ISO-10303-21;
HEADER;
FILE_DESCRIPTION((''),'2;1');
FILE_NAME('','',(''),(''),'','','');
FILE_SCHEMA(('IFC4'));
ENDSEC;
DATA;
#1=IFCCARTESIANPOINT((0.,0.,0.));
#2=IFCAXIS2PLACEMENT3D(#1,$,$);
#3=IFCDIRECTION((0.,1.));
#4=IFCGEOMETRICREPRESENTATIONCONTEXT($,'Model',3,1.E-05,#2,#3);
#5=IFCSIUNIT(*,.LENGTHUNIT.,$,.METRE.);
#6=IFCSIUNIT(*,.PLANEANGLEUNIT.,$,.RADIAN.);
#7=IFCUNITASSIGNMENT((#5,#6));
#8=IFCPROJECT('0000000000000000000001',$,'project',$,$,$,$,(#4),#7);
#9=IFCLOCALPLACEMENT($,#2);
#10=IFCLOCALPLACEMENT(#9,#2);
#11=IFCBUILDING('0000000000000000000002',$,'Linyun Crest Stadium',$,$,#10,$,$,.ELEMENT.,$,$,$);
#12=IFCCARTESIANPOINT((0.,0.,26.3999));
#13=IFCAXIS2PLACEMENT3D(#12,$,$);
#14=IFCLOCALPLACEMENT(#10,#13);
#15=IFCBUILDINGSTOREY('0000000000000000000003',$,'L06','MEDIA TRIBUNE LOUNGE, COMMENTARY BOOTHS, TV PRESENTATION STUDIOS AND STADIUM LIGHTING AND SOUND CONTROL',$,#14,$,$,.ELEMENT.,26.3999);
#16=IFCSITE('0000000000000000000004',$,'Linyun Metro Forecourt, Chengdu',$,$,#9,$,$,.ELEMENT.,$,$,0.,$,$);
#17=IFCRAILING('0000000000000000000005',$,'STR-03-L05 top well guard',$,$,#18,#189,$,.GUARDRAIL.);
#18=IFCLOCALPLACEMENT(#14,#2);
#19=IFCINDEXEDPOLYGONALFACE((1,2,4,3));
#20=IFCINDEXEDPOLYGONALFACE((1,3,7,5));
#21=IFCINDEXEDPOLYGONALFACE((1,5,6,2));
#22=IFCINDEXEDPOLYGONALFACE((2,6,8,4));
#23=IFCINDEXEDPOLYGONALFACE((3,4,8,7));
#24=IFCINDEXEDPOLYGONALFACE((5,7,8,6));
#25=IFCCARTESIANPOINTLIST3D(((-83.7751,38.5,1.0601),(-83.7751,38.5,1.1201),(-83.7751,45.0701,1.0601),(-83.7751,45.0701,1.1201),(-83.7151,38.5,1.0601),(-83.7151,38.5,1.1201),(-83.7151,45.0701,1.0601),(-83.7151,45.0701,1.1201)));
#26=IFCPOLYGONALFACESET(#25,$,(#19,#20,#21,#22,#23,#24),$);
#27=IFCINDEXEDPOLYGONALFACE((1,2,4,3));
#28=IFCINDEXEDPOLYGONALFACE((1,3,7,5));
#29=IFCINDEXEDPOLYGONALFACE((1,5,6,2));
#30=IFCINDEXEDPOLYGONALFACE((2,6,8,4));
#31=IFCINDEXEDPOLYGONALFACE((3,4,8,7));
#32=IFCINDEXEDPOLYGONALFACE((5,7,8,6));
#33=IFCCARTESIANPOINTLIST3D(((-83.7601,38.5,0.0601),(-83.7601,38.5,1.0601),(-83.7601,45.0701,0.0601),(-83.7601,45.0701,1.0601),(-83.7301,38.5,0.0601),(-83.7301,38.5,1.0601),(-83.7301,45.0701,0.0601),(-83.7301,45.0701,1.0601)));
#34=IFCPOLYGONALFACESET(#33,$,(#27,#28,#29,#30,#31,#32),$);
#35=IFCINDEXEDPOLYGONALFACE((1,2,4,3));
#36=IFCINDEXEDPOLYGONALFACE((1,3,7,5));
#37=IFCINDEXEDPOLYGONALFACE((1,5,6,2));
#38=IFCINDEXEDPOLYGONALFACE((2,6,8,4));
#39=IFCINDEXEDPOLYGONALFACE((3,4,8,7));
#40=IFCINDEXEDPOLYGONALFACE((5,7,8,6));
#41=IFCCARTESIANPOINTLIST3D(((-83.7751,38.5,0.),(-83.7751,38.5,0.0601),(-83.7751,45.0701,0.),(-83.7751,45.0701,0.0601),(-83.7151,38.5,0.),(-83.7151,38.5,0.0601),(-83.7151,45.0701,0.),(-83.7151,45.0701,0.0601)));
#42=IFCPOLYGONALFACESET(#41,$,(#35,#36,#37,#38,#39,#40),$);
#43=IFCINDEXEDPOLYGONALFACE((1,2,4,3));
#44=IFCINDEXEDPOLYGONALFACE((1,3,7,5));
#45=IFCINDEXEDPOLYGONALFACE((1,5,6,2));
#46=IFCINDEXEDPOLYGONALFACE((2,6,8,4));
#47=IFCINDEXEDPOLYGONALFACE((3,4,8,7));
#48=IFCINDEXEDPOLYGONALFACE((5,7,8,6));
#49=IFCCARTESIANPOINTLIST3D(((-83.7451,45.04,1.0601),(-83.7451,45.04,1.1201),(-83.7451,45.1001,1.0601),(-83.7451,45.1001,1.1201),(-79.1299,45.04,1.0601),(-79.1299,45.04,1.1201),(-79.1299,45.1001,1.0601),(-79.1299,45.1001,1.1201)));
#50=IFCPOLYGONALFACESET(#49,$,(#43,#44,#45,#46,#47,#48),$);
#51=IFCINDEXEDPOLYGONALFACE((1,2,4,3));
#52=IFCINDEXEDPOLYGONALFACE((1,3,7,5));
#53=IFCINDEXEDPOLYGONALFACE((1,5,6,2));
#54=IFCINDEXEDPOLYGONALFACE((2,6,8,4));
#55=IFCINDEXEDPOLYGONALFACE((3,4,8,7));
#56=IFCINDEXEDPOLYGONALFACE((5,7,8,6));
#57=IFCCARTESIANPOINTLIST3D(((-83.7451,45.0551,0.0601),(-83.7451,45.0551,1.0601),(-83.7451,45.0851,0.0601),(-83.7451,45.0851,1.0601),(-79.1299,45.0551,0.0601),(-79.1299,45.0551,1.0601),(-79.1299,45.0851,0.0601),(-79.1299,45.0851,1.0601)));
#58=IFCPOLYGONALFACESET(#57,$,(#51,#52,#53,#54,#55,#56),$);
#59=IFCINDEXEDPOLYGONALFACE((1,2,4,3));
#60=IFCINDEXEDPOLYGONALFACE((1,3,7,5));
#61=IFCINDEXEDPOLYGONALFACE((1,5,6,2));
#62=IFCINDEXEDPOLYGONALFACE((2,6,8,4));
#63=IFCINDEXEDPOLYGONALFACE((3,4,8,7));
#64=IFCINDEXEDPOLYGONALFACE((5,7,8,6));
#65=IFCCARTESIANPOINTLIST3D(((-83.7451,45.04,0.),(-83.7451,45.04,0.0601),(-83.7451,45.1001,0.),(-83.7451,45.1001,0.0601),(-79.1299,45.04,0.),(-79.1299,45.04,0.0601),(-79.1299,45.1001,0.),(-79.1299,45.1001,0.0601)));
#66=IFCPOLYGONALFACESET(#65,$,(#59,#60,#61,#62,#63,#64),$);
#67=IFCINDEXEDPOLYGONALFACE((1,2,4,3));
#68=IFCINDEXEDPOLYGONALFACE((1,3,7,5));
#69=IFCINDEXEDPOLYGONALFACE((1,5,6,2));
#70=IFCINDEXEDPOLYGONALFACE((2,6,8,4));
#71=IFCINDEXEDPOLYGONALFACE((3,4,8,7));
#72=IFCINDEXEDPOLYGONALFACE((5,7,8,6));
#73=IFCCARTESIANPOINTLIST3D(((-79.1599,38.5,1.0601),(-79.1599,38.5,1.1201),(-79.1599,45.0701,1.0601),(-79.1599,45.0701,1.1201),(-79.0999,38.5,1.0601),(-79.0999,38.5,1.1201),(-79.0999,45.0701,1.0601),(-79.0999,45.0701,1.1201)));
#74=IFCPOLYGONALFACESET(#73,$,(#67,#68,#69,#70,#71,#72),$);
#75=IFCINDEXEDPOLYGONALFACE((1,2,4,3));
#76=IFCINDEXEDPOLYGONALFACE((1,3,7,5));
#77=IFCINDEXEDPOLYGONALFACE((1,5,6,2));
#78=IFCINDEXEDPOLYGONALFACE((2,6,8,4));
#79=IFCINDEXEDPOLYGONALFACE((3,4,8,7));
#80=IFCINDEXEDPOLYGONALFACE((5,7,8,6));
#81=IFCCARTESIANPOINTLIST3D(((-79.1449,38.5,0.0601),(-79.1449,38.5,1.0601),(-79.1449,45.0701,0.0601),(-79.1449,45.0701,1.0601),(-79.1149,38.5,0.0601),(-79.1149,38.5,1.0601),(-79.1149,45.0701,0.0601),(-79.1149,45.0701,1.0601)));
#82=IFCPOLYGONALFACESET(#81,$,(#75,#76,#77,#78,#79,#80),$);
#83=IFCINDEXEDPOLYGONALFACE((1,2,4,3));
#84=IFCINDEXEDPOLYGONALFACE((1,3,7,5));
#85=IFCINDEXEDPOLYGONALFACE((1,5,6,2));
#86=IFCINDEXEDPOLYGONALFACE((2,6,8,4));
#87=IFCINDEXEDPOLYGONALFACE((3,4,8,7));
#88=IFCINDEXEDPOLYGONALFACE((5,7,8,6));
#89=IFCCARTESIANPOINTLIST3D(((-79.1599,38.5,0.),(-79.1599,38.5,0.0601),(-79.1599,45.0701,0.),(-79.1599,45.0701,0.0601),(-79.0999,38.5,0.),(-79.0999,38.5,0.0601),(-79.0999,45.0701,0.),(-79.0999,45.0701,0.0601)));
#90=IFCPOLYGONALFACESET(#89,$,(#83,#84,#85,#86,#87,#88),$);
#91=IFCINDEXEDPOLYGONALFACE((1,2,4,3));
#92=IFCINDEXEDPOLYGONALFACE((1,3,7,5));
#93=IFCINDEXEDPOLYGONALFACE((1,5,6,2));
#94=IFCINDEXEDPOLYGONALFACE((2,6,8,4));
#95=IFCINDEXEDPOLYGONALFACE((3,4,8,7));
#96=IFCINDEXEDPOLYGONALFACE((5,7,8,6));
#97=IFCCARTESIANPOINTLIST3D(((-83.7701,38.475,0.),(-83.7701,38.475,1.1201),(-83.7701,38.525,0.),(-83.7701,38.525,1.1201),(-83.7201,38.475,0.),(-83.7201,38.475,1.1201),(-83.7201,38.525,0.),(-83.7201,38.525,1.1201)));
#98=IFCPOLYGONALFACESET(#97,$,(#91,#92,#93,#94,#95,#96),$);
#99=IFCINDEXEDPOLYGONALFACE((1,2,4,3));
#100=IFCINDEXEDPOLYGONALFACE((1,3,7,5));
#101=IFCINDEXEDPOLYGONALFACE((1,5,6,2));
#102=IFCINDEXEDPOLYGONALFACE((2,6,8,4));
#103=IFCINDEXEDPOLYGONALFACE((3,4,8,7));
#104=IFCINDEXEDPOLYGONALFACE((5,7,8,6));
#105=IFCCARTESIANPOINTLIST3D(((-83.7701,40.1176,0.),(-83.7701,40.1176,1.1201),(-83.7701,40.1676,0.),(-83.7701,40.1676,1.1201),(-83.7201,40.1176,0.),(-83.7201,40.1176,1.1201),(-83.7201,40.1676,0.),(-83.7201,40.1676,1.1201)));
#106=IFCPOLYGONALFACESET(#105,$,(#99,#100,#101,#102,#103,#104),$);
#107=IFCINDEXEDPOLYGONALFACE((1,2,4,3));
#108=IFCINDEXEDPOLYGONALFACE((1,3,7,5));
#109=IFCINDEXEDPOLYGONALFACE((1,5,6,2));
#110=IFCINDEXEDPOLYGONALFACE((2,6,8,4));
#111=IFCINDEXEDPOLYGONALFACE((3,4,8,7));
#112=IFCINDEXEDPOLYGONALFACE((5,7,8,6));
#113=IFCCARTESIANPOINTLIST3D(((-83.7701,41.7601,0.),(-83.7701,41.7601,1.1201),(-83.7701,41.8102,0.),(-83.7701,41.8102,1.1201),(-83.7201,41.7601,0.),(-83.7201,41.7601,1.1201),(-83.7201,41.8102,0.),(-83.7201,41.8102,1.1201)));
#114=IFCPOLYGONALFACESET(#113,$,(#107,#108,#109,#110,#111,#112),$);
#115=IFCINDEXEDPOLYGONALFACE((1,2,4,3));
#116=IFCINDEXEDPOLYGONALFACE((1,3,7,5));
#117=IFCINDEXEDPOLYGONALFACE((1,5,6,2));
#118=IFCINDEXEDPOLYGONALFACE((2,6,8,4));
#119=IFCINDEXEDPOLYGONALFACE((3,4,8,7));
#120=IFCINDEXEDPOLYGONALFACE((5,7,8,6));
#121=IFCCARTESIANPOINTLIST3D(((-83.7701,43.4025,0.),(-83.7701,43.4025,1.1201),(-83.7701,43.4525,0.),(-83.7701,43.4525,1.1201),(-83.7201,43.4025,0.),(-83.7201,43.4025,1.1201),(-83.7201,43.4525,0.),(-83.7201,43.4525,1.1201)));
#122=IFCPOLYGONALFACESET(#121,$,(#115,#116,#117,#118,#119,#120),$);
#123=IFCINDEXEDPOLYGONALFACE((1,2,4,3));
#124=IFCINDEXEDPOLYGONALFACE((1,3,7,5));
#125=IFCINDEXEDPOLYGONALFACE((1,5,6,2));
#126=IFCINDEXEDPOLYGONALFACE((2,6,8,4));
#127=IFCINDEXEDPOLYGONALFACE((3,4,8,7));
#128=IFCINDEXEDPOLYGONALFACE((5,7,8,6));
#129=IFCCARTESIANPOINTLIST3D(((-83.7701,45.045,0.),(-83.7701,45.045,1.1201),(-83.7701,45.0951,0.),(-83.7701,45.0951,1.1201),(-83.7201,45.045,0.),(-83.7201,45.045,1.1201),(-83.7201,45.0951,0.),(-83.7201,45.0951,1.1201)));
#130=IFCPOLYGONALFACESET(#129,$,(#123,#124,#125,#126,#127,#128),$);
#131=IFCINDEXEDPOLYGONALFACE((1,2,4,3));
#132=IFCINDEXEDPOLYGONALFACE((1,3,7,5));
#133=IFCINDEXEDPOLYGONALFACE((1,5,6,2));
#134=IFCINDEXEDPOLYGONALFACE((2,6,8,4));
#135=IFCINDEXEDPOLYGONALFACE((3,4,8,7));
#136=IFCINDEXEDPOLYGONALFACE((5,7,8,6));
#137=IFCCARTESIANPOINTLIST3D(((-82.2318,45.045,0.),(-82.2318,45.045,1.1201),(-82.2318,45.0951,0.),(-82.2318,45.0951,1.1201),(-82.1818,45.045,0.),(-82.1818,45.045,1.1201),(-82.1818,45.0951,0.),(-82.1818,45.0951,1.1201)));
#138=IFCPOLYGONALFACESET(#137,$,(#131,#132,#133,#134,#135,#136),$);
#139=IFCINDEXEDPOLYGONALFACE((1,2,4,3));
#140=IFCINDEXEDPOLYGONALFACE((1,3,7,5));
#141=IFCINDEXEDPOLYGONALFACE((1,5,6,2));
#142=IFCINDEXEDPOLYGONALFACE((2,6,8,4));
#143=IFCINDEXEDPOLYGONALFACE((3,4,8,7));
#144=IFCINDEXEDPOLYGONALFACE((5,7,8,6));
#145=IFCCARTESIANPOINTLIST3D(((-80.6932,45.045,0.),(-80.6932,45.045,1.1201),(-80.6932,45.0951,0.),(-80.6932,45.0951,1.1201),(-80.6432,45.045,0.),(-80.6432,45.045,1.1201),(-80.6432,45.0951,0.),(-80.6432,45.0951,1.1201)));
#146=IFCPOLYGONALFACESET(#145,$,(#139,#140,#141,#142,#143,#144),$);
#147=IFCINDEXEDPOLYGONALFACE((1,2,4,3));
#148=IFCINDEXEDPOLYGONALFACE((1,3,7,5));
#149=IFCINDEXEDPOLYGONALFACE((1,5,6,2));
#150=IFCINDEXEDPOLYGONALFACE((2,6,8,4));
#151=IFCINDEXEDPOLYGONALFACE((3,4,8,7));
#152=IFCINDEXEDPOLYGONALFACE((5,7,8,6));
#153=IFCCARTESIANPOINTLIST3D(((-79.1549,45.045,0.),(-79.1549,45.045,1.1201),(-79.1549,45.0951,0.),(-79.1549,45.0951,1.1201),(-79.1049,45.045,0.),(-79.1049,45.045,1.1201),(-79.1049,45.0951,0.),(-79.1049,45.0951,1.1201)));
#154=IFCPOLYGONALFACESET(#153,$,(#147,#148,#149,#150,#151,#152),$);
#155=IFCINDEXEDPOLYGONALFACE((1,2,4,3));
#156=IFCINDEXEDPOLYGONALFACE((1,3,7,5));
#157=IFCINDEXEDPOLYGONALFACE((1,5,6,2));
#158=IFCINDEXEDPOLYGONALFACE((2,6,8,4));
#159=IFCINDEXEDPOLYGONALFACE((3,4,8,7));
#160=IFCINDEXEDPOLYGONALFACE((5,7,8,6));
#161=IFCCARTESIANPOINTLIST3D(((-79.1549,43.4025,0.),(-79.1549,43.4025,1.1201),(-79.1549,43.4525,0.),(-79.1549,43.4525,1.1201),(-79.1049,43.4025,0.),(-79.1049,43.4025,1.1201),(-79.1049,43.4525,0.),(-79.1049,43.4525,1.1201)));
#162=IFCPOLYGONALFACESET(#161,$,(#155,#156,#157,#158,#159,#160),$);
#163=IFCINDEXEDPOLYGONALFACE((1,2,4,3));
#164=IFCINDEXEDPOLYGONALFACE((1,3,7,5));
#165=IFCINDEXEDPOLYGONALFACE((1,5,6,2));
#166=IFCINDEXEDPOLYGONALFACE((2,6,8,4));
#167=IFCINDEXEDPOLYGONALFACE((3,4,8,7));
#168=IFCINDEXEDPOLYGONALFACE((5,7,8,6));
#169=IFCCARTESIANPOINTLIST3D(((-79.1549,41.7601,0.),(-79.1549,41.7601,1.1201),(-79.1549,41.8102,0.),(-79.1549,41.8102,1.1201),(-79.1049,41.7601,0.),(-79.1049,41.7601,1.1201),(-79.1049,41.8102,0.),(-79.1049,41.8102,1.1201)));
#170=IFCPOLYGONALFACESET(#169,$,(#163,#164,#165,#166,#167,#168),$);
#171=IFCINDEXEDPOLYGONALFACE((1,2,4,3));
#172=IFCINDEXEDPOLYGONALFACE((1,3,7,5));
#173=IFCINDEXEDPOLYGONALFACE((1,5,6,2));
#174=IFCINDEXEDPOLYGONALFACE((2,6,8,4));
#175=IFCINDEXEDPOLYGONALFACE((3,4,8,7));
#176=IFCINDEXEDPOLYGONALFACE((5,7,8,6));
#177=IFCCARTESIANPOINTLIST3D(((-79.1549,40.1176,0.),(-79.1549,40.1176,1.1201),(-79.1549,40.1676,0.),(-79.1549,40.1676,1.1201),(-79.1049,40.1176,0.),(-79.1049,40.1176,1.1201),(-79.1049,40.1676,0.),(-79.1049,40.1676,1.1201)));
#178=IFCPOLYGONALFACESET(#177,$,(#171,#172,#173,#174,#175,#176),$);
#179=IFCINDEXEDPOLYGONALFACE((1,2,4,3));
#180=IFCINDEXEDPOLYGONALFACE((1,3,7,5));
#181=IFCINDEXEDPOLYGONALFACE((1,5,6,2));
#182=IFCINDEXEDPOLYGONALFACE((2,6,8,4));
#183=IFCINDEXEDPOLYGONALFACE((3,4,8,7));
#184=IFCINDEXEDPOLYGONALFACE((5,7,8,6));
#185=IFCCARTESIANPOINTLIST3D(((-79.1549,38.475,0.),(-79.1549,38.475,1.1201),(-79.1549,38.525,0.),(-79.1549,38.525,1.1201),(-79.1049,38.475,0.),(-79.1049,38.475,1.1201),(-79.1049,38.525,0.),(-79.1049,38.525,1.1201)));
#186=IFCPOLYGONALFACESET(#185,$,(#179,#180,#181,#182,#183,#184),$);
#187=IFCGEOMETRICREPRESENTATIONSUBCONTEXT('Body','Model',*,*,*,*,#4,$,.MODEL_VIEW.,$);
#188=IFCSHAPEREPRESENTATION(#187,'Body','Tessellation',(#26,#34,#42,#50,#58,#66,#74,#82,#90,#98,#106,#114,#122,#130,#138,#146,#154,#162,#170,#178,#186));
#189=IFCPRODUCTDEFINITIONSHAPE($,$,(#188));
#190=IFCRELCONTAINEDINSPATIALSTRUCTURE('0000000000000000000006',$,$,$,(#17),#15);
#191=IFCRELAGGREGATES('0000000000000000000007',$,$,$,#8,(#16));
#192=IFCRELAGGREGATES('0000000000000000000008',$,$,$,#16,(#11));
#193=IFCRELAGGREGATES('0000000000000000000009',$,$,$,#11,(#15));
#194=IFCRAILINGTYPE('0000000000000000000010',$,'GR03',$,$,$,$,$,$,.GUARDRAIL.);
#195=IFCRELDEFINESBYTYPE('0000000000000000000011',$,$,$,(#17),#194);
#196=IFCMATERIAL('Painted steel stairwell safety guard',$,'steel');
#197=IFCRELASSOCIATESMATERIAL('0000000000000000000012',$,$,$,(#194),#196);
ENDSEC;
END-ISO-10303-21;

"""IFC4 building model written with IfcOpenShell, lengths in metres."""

from ifc_helpers import new_model, si_unit, direction, frame, origin, origin_2d, place, context, subcontext, project, spatial, rectangle, extrude, material, type_object, element, save


model = new_model("IFC4")

# Units and contexts
model_context = context("Model", 3, precision=1e-05, world=origin(), true_north=direction((0.0, 1.0)))
body_context = subcontext(model_context, "Body", "Model", "MODEL_VIEW")
ifc_project = project(units=[si_unit("LENGTHUNIT", "METRE"), si_unit("PLANEANGLEUNIT", "RADIAN")], contexts=[model_context])

# Site, building, storey
site_placement = place(None, origin())
site = spatial("IfcSite", under=ifc_project, at=site_placement, Name="Linyun Metro Forecourt, Chengdu", CompositionType="ELEMENT", RefElevation=0.0)
building_placement = place(site_placement, origin())
building = spatial("IfcBuilding", under=site, at=building_placement, Name="Linyun Crest Stadium", CompositionType="ELEMENT")
storey_placement = place(building_placement, frame((0.0, 0.0, 26.3999)))
storey = spatial("IfcBuildingStorey", under=building, at=storey_placement, Name="L06", Description="MEDIA TRIBUNE LOUNGE, COMMENTARY BOOTHS, TV PRESENTATION STUDIOS AND STADIUM LIGHTING AND SOUND CONTROL", CompositionType="ELEMENT", Elevation=26.3999)

# Railing
ifc_material_1 = material(Name="Painted steel stairwell safety guard", Category="steel")
railing_type_1 = type_object("IfcRailingType", Name="GR03", PredefinedType="GUARDRAIL", material=ifc_material_1)
railing_1_placement = place(storey_placement, frame((-83.7451, 38.5, 0.0)))
element("IfcRailing", 1, at=railing_1_placement, inside=storey, type_object=railing_type_1, Name="STR-03-L05 top well guard", PredefinedType="GUARDRAIL", context=body_context, shape_type="SweptSolid", body=[
    extrude(rectangle(XDim=0.0601, YDim=0.0601, at=origin_2d()), frame((0.0, 0.0, 1.0901), z_axis=(0.0, 1.0, 0.0), x_axis=(-1.0, 0.0, 0.0)), (0.0, 0.0, 1.0), 6.5701),
    extrude(rectangle(XDim=0.03, YDim=1.0, at=origin_2d()), frame((0.0, 0.0, 0.5601), z_axis=(0.0, 1.0, 0.0), x_axis=(-1.0, 0.0, 0.0)), (0.0, 0.0, 1.0), 6.5701),
    extrude(rectangle(XDim=0.0601, YDim=0.0601, at=origin_2d()), frame((0.0, 0.0, 0.03), z_axis=(0.0, 1.0, 0.0), x_axis=(-1.0, 0.0, 0.0)), (0.0, 0.0, 1.0), 6.5701),
    extrude(rectangle(XDim=0.0601, YDim=0.0601, at=origin_2d()), frame((0.0, 6.5701, 1.0901), z_axis=(1.0, 0.0, 0.0), x_axis=(0.0, 1.0, 0.0)), (0.0, 0.0, 1.0), 4.6152),
    extrude(rectangle(XDim=0.03, YDim=1.0, at=origin_2d()), frame((0.0, 6.5701, 0.5601), z_axis=(1.0, 0.0, 0.0), x_axis=(0.0, 1.0, 0.0)), (0.0, 0.0, 1.0), 4.6152),
    extrude(rectangle(XDim=0.0601, YDim=0.0601, at=origin_2d()), frame((0.0, 6.5701, 0.03), z_axis=(1.0, 0.0, 0.0), x_axis=(0.0, 1.0, 0.0)), (0.0, 0.0, 1.0), 4.6152),
    extrude(rectangle(XDim=0.0601, YDim=0.0601, at=origin_2d()), frame((4.6152, 6.5701, 1.0901), z_axis=(0.0, -1.0, 0.0), x_axis=(1.0, 0.0, 0.0)), (0.0, 0.0, 1.0), 6.5701),
    extrude(rectangle(XDim=0.03, YDim=1.0, at=origin_2d()), frame((4.6152, 6.5701, 0.5601), z_axis=(0.0, -1.0, 0.0), x_axis=(1.0, 0.0, 0.0)), (0.0, 0.0, 1.0), 6.5701),
    extrude(rectangle(XDim=0.0601, YDim=0.0601, at=origin_2d()), frame((4.6152, 6.5701, 0.03), z_axis=(0.0, -1.0, 0.0), x_axis=(1.0, 0.0, 0.0)), (0.0, 0.0, 1.0), 6.5701),
    extrude(rectangle(XDim=0.05, YDim=0.05, at=origin_2d()), origin(), (0.0, 0.0, 1.0), 1.1201),
    extrude(rectangle(XDim=0.05, YDim=0.05, at=origin_2d()), frame((0.0, 1.6426, 0.0)), (0.0, 0.0, 1.0), 1.1201),
    extrude(rectangle(XDim=0.05, YDim=0.05, at=origin_2d()), frame((0.0, 3.2852, 0.0)), (0.0, 0.0, 1.0), 1.1201),
    extrude(rectangle(XDim=0.05, YDim=0.05, at=origin_2d()), frame((0.0, 4.9275, 0.0)), (0.0, 0.0, 1.0), 1.1201),
    extrude(rectangle(XDim=0.05, YDim=0.05, at=origin_2d()), frame((0.0, 6.5701, 0.0)), (0.0, 0.0, 1.0), 1.1201),
    extrude(rectangle(XDim=0.05, YDim=0.05, at=origin_2d()), frame((1.5383, 6.5701, 0.0)), (0.0, 0.0, 1.0), 1.1201),
    extrude(rectangle(XDim=0.05, YDim=0.05, at=origin_2d()), frame((3.0769, 6.5701, 0.0)), (0.0, 0.0, 1.0), 1.1201),
    extrude(rectangle(XDim=0.05, YDim=0.05, at=origin_2d()), frame((4.6152, 6.5701, 0.0)), (0.0, 0.0, 1.0), 1.1201),
    extrude(rectangle(XDim=0.05, YDim=0.05, at=origin_2d()), frame((4.6152, 4.9275, 0.0)), (0.0, 0.0, 1.0), 1.1201),
    extrude(rectangle(XDim=0.05, YDim=0.05, at=origin_2d()), frame((4.6152, 3.2852, 0.0)), (0.0, 0.0, 1.0), 1.1201),
    extrude(rectangle(XDim=0.05, YDim=0.05, at=origin_2d()), frame((4.6152, 1.6426, 0.0)), (0.0, 0.0, 1.0), 1.1201),
    extrude(rectangle(XDim=0.05, YDim=0.05, at=origin_2d()), frame((4.6152, 0.0, 0.0)), (0.0, 0.0, 1.0), 1.1201),
])

save(model, "model.ifc")
